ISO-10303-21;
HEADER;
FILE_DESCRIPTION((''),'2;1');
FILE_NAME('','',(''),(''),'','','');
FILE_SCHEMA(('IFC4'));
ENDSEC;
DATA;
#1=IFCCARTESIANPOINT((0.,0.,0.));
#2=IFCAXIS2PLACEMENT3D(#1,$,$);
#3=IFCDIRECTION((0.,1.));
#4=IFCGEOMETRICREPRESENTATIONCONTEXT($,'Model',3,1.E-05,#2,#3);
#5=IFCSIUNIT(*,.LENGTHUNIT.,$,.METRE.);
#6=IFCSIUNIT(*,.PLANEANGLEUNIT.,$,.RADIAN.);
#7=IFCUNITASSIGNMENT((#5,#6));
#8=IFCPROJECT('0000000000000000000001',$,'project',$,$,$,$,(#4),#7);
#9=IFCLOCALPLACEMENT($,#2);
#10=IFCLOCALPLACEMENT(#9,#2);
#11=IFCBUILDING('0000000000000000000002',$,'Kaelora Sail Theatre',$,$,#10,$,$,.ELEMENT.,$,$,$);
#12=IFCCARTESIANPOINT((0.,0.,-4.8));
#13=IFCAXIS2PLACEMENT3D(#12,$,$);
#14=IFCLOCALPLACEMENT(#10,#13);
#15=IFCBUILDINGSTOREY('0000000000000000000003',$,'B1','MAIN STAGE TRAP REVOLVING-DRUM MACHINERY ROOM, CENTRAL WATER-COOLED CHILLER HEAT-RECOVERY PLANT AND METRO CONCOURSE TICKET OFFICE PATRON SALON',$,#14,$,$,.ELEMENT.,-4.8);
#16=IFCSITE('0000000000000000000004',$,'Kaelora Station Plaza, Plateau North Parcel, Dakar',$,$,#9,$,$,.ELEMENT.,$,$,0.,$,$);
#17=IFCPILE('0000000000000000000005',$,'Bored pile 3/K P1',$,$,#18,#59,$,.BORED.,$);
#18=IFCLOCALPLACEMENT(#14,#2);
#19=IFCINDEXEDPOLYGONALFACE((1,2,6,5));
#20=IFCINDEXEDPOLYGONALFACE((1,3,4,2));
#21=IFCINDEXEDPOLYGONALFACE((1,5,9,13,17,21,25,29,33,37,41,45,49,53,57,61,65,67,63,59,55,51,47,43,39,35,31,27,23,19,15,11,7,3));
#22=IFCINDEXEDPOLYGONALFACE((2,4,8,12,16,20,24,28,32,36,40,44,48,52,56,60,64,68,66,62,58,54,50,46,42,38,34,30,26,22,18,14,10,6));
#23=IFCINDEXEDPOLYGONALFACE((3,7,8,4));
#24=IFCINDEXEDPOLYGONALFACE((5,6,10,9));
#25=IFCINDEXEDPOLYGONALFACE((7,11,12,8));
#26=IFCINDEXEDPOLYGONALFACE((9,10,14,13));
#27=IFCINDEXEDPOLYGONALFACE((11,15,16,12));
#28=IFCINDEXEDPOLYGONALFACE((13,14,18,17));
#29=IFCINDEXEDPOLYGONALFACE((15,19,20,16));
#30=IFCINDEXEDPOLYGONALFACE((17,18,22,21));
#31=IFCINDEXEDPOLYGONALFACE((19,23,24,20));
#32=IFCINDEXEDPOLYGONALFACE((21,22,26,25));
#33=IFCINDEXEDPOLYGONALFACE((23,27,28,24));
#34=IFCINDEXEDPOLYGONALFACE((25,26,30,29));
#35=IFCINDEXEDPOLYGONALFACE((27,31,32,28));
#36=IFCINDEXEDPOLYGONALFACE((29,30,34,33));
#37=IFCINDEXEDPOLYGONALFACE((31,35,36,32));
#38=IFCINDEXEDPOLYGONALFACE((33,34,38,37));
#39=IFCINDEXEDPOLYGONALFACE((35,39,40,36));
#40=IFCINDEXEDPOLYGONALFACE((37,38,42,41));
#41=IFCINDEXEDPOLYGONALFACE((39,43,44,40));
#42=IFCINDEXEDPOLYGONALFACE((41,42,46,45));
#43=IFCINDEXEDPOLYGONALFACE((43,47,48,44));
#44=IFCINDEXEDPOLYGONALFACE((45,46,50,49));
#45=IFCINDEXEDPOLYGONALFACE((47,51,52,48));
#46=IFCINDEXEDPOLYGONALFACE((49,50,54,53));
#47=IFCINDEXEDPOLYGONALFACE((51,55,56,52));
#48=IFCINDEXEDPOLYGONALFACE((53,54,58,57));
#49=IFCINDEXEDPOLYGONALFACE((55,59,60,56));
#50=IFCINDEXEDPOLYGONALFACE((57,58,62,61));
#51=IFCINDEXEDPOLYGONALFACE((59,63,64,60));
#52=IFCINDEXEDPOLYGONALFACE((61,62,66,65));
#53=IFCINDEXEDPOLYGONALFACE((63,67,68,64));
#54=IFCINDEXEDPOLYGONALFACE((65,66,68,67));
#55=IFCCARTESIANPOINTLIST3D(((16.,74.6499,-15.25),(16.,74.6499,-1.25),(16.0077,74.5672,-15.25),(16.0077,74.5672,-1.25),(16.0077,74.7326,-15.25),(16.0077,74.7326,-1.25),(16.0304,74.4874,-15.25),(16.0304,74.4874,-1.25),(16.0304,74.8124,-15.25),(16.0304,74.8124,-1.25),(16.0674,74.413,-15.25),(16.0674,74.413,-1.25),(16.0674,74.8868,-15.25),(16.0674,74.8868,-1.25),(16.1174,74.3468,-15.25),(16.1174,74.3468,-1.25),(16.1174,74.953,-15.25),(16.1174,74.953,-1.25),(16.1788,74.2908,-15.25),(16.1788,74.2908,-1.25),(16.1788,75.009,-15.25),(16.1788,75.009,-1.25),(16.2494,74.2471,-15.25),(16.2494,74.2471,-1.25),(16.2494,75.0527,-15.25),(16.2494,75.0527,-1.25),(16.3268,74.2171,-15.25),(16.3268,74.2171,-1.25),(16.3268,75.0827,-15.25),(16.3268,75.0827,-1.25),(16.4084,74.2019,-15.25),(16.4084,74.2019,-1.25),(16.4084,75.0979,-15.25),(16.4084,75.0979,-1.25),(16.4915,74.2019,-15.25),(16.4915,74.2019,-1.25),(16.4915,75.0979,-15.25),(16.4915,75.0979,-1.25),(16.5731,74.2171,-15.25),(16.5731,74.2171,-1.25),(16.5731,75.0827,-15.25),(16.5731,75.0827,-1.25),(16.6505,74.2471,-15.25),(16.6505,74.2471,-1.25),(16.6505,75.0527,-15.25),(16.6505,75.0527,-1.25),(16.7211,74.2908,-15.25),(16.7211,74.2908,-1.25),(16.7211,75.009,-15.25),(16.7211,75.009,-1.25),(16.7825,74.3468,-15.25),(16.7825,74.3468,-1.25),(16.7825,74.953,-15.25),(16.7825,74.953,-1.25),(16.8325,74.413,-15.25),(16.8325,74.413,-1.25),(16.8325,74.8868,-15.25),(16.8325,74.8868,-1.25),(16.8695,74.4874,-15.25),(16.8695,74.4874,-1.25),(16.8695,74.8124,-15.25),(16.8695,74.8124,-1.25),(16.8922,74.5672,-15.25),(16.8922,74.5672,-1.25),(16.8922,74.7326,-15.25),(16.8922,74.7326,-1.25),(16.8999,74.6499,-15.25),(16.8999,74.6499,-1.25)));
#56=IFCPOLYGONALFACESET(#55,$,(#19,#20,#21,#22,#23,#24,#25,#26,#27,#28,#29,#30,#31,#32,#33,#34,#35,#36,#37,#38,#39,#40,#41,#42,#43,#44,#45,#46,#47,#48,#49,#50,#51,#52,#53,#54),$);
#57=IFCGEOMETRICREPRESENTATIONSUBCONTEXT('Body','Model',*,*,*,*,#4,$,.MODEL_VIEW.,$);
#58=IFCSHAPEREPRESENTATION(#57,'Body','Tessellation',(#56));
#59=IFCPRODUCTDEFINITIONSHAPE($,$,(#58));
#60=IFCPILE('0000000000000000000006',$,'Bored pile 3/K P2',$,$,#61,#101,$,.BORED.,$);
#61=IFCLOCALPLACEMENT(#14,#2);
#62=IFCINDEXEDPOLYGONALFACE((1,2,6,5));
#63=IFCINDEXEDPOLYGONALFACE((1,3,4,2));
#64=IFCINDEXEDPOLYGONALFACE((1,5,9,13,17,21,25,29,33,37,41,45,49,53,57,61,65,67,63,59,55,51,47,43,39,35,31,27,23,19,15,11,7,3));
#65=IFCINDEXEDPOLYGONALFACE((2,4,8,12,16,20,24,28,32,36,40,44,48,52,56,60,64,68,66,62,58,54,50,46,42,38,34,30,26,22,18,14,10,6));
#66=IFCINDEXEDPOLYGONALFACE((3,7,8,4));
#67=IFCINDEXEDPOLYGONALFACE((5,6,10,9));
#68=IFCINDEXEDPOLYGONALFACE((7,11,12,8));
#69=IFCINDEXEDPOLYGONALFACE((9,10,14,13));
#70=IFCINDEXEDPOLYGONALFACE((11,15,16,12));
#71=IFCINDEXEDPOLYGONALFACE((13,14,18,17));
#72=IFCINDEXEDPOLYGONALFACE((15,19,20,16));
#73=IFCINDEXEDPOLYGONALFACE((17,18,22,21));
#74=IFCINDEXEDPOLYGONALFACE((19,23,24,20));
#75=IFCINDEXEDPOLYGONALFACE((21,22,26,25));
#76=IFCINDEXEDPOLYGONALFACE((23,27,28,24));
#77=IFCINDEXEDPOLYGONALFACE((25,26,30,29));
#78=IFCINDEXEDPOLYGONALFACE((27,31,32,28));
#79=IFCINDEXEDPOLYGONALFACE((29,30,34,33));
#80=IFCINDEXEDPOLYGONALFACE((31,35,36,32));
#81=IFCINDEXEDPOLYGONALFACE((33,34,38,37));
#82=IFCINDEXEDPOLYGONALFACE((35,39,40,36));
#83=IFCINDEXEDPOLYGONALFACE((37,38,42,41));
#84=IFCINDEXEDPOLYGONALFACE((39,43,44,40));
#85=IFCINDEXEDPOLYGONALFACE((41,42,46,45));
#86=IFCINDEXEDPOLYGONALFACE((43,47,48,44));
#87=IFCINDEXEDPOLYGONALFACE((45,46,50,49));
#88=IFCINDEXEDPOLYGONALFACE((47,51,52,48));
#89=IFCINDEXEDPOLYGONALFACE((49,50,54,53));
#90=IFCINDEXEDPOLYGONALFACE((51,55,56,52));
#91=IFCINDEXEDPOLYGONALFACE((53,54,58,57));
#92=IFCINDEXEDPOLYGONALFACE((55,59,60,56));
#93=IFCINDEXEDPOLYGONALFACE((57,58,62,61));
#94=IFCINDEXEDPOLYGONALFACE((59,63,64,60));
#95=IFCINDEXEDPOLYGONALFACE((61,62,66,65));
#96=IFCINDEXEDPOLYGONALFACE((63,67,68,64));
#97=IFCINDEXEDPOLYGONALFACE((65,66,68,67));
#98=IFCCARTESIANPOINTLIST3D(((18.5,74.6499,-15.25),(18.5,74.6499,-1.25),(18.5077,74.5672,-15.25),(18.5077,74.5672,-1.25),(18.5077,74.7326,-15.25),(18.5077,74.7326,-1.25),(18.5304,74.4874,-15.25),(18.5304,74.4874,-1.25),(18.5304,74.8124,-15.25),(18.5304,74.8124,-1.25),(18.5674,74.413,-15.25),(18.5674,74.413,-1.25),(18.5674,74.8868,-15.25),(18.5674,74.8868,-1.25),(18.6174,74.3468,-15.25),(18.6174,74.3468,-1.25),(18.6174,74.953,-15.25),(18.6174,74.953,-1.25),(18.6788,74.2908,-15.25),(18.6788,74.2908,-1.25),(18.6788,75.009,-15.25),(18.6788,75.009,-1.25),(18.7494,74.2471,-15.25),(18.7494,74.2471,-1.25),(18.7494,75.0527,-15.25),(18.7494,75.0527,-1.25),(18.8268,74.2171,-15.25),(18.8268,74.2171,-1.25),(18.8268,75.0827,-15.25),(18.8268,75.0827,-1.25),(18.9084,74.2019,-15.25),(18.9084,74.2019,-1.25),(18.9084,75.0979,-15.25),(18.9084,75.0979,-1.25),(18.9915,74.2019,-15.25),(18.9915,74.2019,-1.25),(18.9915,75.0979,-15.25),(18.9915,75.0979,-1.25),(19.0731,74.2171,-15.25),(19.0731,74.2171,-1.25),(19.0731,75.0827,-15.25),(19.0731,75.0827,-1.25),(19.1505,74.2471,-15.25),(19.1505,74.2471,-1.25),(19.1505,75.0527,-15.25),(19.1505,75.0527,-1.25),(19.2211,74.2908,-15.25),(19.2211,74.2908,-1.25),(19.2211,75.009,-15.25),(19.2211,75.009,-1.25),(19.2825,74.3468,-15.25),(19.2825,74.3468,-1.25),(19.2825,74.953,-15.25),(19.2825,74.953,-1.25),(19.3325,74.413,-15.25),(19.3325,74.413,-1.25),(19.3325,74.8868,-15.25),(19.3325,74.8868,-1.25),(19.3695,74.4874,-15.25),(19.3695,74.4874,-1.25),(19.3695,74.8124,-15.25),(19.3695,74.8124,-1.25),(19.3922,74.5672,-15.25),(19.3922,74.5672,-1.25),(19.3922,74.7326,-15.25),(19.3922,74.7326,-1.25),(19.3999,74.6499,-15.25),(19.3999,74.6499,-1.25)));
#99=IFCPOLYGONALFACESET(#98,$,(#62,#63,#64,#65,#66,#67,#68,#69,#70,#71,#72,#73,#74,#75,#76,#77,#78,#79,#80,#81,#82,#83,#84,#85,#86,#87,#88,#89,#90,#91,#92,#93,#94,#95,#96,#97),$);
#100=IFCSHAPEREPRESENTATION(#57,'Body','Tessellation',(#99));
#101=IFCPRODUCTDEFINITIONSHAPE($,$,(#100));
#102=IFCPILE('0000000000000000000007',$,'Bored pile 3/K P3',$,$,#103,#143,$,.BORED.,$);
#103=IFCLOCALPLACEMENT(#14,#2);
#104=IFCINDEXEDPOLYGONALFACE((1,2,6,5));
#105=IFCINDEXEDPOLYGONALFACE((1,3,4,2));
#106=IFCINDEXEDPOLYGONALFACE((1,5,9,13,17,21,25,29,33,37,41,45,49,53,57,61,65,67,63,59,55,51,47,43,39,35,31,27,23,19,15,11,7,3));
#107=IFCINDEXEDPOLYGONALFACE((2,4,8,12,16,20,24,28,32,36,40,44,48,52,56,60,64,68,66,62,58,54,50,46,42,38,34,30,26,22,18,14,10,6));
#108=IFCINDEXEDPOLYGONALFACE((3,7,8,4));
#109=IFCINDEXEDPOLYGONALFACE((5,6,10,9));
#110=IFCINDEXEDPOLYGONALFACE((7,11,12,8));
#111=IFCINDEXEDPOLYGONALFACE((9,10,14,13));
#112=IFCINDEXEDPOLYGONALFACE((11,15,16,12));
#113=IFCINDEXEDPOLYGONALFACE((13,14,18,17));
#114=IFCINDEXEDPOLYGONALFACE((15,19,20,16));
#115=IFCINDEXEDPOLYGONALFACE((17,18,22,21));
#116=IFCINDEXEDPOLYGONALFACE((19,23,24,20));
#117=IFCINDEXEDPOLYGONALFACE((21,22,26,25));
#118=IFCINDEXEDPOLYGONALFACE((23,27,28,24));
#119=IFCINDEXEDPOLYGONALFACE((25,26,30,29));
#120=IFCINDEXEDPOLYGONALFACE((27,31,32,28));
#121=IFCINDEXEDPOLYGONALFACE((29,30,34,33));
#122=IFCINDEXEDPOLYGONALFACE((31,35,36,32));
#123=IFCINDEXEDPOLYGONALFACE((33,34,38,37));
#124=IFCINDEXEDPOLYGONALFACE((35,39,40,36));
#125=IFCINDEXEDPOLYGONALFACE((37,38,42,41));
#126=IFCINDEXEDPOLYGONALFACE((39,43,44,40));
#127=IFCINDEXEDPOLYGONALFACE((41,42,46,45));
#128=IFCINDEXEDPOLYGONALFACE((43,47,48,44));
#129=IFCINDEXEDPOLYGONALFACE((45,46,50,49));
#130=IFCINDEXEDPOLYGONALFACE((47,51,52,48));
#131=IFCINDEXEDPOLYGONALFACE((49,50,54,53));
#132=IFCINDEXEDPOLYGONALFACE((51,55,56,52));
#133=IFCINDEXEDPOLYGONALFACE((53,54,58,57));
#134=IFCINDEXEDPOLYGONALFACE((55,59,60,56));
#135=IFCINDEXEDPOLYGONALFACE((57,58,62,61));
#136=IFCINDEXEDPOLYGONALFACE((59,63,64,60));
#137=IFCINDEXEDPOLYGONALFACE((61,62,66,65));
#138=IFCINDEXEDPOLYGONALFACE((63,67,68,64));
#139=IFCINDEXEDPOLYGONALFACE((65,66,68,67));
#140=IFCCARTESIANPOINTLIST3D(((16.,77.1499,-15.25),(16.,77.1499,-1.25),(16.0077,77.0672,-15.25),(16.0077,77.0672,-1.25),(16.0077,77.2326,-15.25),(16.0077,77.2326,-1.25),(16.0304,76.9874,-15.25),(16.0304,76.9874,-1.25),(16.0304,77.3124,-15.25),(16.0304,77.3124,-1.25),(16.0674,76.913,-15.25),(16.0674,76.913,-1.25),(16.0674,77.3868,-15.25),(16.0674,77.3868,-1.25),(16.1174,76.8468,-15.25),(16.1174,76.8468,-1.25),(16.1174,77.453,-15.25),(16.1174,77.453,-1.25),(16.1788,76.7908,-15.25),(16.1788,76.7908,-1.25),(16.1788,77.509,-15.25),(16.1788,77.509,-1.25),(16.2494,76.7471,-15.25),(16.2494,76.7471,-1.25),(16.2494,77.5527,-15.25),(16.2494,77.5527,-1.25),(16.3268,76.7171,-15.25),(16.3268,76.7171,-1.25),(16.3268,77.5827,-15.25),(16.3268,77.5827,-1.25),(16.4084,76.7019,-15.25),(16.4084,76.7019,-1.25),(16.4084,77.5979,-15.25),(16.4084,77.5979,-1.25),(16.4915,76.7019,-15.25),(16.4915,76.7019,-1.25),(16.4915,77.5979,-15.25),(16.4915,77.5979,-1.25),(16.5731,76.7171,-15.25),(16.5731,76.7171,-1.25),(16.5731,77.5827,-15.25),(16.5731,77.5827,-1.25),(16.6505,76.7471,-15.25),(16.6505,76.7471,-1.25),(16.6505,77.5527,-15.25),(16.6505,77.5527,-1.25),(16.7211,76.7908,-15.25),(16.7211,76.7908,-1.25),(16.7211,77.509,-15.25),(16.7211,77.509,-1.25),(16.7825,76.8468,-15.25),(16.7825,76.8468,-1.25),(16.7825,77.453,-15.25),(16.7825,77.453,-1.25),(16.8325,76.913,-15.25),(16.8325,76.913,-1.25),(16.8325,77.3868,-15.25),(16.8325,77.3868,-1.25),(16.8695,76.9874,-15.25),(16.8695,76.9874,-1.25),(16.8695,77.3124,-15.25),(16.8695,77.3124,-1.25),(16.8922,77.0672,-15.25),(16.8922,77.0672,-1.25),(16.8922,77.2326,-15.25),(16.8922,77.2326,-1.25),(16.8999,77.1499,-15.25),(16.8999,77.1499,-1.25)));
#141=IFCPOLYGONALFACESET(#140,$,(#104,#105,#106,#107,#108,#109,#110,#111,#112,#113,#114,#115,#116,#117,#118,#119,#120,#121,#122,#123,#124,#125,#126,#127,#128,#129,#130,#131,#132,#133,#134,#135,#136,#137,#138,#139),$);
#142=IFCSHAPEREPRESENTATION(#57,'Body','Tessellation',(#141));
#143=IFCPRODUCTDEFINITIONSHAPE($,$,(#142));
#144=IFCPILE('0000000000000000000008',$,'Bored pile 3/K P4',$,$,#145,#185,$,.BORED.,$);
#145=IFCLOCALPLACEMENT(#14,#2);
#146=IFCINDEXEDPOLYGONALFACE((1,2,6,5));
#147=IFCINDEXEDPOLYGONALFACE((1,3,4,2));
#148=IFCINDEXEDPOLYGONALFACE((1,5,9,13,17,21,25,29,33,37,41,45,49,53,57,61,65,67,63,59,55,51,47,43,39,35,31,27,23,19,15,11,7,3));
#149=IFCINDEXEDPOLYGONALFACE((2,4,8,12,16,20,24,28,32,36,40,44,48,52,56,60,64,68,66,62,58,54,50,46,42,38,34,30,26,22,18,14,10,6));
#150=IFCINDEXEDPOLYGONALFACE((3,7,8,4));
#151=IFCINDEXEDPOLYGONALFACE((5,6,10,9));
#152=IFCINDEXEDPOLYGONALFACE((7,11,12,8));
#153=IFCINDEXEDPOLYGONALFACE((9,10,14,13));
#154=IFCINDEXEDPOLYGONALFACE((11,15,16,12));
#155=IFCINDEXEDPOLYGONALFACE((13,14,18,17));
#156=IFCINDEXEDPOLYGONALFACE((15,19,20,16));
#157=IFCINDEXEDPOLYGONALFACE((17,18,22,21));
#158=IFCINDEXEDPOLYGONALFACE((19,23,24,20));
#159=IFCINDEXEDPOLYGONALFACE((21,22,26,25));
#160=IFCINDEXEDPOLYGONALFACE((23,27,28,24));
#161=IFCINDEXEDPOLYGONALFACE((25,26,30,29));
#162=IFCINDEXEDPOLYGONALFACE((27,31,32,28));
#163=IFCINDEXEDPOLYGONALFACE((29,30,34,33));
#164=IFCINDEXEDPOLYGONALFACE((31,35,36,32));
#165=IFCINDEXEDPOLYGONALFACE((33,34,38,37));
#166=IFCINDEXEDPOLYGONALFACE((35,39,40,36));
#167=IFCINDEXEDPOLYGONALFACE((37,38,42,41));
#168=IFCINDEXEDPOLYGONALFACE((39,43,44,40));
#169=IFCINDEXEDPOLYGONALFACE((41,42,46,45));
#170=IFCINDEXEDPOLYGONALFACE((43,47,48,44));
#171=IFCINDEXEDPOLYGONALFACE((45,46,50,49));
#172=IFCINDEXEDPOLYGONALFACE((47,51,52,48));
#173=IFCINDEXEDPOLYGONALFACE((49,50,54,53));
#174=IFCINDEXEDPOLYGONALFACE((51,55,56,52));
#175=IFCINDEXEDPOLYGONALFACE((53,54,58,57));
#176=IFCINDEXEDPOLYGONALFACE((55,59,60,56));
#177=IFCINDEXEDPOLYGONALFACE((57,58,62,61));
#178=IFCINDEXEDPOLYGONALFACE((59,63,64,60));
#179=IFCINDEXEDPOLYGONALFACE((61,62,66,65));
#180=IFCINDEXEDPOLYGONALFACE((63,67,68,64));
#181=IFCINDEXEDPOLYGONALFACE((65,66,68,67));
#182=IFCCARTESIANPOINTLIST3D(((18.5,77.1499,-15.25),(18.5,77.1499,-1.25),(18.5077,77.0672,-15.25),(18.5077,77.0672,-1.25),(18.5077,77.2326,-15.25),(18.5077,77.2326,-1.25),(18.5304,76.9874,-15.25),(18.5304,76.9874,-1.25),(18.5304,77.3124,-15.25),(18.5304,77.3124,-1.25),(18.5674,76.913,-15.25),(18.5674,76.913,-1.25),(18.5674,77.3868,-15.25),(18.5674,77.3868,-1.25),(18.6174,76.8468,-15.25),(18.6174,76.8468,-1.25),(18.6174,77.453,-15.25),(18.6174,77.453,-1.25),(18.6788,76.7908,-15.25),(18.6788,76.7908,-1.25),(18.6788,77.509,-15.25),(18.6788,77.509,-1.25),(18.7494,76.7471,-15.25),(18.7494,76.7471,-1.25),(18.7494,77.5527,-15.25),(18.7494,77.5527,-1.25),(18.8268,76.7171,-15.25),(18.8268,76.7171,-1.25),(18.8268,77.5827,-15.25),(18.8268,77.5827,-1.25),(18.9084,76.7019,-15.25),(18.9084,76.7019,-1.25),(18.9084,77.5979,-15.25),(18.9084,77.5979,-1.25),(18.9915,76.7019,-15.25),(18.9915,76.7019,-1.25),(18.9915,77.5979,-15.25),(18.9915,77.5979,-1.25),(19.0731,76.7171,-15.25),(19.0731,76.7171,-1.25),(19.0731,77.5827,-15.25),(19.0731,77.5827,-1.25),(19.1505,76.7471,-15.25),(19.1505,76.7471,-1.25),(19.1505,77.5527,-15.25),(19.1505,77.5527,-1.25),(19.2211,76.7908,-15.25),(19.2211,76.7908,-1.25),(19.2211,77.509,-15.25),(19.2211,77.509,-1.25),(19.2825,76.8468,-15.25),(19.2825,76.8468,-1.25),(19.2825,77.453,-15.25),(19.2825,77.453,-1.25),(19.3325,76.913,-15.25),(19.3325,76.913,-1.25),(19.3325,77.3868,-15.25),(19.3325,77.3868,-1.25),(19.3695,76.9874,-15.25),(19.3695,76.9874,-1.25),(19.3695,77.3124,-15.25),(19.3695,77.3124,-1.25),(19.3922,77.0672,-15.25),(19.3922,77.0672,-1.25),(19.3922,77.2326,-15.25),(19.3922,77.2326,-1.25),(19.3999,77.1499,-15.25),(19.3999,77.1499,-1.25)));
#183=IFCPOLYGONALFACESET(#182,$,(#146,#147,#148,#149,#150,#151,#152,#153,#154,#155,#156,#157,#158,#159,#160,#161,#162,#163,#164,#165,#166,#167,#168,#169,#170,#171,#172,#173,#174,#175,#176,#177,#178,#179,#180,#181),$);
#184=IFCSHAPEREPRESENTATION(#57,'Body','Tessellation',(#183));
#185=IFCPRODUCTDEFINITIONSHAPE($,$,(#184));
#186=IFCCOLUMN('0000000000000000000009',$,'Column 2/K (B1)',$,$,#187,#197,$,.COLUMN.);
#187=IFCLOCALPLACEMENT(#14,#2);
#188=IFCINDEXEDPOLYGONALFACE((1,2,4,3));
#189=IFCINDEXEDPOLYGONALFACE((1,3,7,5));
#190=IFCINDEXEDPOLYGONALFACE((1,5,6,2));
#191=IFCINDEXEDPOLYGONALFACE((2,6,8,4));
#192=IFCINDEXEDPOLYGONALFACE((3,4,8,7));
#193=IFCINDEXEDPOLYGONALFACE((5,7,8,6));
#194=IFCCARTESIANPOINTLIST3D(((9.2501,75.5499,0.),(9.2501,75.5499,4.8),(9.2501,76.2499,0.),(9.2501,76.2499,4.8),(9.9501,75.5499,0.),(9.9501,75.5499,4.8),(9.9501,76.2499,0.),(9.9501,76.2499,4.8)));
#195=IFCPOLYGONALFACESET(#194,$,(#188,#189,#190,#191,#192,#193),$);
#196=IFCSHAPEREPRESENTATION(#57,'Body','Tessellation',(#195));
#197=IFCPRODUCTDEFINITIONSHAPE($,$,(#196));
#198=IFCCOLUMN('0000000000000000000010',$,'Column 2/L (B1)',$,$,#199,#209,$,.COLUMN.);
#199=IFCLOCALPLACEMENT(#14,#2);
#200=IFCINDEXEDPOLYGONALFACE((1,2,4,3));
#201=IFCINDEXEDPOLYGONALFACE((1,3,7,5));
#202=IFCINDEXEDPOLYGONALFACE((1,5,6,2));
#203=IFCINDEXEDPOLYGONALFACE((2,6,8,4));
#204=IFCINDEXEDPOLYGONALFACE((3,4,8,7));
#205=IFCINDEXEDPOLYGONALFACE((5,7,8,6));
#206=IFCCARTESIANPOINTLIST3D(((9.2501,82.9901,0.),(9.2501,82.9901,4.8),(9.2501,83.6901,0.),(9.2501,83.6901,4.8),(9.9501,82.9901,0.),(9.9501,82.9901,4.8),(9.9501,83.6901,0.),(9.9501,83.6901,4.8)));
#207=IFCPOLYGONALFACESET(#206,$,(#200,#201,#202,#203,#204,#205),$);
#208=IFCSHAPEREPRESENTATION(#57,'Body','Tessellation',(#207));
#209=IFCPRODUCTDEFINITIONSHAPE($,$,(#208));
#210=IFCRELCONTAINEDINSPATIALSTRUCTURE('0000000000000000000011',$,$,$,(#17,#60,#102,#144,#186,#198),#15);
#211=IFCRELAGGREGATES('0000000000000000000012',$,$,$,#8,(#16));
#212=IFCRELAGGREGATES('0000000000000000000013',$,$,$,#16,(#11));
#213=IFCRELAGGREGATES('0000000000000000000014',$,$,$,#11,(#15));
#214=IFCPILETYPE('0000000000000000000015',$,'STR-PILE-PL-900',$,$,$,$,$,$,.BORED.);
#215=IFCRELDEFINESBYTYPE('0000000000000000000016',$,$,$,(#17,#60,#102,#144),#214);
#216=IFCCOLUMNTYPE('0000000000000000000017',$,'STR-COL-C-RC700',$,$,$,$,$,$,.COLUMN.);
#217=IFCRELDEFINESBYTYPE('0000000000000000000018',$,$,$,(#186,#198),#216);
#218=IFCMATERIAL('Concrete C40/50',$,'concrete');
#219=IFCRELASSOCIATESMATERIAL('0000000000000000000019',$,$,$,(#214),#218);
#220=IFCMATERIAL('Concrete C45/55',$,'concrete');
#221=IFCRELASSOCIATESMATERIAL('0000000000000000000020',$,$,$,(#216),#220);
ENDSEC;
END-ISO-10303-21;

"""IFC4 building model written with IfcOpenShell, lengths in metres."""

from ifc_helpers import new_model, si_unit, direction, frame, origin, origin_2d, place, context, subcontext, project, spatial, rectangle, circle, extrude, material, material_profile, profile_set, type_object, element, save


model = new_model("IFC4")

# Units and contexts
model_context = context("Model", 3, precision=1e-05, world=origin(), true_north=direction((0.0, 1.0)))
body_context = subcontext(model_context, "Body", "Model", "MODEL_VIEW")
ifc_project = project(units=[si_unit("LENGTHUNIT", "METRE"), si_unit("PLANEANGLEUNIT", "RADIAN")], contexts=[model_context])

# Site, building, storey
site_placement = place(None, origin())
site = spatial("IfcSite", under=ifc_project, at=site_placement, Name="Kaelora Station Plaza, Plateau North Parcel, Dakar", CompositionType="ELEMENT", RefElevation=0.0)
building_placement = place(site_placement, origin())
building = spatial("IfcBuilding", under=site, at=building_placement, Name="Kaelora Sail Theatre", CompositionType="ELEMENT")
storey_placement = place(building_placement, frame((0.0, 0.0, -4.8)))
storey = spatial("IfcBuildingStorey", under=building, at=storey_placement, Name="B1", Description="MAIN STAGE TRAP REVOLVING-DRUM MACHINERY ROOM, CENTRAL WATER-COOLED CHILLER HEAT-RECOVERY PLANT AND METRO CONCOURSE TICKET OFFICE PATRON SALON", CompositionType="ELEMENT", Elevation=-4.8)

# Piles
ifc_material_1 = material(Name="Concrete C40/50", Category="concrete")
ifc_material_profile_1 = material_profile(ifc_material_1, circle(Radius=0.45, at=origin_2d()), Name="PILE D900")
ifc_profile_set_1 = profile_set([ifc_material_profile_1], Name="Concrete C40/50")
pile_type_1 = type_object("IfcPileType", Name="STR-PILE-PL-900", PredefinedType="BORED", material=ifc_profile_set_1)
for number, where, z_axis, x_axis, name in (
    (1, (16.45, 74.6499, -1.25), (0.0, 0.0, -1.0), (1.0, 0.0, 0.0), "Bored pile 3/K P1"),
    (2, (18.95, 74.6499, -1.25), (0.0, 0.0, -1.0), (1.0, 0.0, 0.0), "Bored pile 3/K P2"),
    (3, (16.45, 77.1499, -1.25), (0.0, 0.0, -1.0), (1.0, 0.0, 0.0), "Bored pile 3/K P3"),
    (4, (18.95, 77.1499, -1.25), (0.0, 0.0, -1.0), (1.0, 0.0, 0.0), "Bored pile 3/K P4"),
):
    element("IfcPile", number, at=place(storey_placement, frame(where, z_axis=z_axis, x_axis=x_axis)), inside=storey, type_object=pile_type_1, Name=name, PredefinedType="BORED", context=body_context, shape_type="SweptSolid", body=[
        extrude(circle(Radius=0.45, at=origin_2d()), origin(), (0.0, 0.0, 1.0), 14.0),
    ])

# Columns
ifc_material_2 = material(Name="Concrete C45/55", Category="concrete")
ifc_material_profile_2 = material_profile(ifc_material_2, rectangle(XDim=0.7, YDim=0.7, at=origin_2d()), Name="RC-COL 700x700")
ifc_profile_set_2 = profile_set([ifc_material_profile_2], Name="Concrete C45/55")
column_type_1 = type_object("IfcColumnType", Name="STR-COL-C-RC700", PredefinedType="COLUMN", material=ifc_profile_set_2)
for number, where, z_axis, x_axis, name in (
    (5, (9.6001, 75.8999, 0.0), (0.0, 0.0, 1.0), (1.0, 0.0, 0.0), "Column 2/K (B1)"),
    (6, (9.6001, 83.3401, 0.0), (0.0, 0.0, 1.0), (1.0, 0.0, 0.0), "Column 2/L (B1)"),
):
    element("IfcColumn", number, at=place(storey_placement, frame(where, z_axis=z_axis, x_axis=x_axis)), inside=storey, type_object=column_type_1, Name=name, PredefinedType="COLUMN", context=body_context, shape_type="SweptSolid", body=[
        extrude(rectangle(XDim=0.7, YDim=0.7, at=origin_2d()), origin(), (0.0, 0.0, 1.0), 4.8),
    ])

save(model, "model.ifc")
